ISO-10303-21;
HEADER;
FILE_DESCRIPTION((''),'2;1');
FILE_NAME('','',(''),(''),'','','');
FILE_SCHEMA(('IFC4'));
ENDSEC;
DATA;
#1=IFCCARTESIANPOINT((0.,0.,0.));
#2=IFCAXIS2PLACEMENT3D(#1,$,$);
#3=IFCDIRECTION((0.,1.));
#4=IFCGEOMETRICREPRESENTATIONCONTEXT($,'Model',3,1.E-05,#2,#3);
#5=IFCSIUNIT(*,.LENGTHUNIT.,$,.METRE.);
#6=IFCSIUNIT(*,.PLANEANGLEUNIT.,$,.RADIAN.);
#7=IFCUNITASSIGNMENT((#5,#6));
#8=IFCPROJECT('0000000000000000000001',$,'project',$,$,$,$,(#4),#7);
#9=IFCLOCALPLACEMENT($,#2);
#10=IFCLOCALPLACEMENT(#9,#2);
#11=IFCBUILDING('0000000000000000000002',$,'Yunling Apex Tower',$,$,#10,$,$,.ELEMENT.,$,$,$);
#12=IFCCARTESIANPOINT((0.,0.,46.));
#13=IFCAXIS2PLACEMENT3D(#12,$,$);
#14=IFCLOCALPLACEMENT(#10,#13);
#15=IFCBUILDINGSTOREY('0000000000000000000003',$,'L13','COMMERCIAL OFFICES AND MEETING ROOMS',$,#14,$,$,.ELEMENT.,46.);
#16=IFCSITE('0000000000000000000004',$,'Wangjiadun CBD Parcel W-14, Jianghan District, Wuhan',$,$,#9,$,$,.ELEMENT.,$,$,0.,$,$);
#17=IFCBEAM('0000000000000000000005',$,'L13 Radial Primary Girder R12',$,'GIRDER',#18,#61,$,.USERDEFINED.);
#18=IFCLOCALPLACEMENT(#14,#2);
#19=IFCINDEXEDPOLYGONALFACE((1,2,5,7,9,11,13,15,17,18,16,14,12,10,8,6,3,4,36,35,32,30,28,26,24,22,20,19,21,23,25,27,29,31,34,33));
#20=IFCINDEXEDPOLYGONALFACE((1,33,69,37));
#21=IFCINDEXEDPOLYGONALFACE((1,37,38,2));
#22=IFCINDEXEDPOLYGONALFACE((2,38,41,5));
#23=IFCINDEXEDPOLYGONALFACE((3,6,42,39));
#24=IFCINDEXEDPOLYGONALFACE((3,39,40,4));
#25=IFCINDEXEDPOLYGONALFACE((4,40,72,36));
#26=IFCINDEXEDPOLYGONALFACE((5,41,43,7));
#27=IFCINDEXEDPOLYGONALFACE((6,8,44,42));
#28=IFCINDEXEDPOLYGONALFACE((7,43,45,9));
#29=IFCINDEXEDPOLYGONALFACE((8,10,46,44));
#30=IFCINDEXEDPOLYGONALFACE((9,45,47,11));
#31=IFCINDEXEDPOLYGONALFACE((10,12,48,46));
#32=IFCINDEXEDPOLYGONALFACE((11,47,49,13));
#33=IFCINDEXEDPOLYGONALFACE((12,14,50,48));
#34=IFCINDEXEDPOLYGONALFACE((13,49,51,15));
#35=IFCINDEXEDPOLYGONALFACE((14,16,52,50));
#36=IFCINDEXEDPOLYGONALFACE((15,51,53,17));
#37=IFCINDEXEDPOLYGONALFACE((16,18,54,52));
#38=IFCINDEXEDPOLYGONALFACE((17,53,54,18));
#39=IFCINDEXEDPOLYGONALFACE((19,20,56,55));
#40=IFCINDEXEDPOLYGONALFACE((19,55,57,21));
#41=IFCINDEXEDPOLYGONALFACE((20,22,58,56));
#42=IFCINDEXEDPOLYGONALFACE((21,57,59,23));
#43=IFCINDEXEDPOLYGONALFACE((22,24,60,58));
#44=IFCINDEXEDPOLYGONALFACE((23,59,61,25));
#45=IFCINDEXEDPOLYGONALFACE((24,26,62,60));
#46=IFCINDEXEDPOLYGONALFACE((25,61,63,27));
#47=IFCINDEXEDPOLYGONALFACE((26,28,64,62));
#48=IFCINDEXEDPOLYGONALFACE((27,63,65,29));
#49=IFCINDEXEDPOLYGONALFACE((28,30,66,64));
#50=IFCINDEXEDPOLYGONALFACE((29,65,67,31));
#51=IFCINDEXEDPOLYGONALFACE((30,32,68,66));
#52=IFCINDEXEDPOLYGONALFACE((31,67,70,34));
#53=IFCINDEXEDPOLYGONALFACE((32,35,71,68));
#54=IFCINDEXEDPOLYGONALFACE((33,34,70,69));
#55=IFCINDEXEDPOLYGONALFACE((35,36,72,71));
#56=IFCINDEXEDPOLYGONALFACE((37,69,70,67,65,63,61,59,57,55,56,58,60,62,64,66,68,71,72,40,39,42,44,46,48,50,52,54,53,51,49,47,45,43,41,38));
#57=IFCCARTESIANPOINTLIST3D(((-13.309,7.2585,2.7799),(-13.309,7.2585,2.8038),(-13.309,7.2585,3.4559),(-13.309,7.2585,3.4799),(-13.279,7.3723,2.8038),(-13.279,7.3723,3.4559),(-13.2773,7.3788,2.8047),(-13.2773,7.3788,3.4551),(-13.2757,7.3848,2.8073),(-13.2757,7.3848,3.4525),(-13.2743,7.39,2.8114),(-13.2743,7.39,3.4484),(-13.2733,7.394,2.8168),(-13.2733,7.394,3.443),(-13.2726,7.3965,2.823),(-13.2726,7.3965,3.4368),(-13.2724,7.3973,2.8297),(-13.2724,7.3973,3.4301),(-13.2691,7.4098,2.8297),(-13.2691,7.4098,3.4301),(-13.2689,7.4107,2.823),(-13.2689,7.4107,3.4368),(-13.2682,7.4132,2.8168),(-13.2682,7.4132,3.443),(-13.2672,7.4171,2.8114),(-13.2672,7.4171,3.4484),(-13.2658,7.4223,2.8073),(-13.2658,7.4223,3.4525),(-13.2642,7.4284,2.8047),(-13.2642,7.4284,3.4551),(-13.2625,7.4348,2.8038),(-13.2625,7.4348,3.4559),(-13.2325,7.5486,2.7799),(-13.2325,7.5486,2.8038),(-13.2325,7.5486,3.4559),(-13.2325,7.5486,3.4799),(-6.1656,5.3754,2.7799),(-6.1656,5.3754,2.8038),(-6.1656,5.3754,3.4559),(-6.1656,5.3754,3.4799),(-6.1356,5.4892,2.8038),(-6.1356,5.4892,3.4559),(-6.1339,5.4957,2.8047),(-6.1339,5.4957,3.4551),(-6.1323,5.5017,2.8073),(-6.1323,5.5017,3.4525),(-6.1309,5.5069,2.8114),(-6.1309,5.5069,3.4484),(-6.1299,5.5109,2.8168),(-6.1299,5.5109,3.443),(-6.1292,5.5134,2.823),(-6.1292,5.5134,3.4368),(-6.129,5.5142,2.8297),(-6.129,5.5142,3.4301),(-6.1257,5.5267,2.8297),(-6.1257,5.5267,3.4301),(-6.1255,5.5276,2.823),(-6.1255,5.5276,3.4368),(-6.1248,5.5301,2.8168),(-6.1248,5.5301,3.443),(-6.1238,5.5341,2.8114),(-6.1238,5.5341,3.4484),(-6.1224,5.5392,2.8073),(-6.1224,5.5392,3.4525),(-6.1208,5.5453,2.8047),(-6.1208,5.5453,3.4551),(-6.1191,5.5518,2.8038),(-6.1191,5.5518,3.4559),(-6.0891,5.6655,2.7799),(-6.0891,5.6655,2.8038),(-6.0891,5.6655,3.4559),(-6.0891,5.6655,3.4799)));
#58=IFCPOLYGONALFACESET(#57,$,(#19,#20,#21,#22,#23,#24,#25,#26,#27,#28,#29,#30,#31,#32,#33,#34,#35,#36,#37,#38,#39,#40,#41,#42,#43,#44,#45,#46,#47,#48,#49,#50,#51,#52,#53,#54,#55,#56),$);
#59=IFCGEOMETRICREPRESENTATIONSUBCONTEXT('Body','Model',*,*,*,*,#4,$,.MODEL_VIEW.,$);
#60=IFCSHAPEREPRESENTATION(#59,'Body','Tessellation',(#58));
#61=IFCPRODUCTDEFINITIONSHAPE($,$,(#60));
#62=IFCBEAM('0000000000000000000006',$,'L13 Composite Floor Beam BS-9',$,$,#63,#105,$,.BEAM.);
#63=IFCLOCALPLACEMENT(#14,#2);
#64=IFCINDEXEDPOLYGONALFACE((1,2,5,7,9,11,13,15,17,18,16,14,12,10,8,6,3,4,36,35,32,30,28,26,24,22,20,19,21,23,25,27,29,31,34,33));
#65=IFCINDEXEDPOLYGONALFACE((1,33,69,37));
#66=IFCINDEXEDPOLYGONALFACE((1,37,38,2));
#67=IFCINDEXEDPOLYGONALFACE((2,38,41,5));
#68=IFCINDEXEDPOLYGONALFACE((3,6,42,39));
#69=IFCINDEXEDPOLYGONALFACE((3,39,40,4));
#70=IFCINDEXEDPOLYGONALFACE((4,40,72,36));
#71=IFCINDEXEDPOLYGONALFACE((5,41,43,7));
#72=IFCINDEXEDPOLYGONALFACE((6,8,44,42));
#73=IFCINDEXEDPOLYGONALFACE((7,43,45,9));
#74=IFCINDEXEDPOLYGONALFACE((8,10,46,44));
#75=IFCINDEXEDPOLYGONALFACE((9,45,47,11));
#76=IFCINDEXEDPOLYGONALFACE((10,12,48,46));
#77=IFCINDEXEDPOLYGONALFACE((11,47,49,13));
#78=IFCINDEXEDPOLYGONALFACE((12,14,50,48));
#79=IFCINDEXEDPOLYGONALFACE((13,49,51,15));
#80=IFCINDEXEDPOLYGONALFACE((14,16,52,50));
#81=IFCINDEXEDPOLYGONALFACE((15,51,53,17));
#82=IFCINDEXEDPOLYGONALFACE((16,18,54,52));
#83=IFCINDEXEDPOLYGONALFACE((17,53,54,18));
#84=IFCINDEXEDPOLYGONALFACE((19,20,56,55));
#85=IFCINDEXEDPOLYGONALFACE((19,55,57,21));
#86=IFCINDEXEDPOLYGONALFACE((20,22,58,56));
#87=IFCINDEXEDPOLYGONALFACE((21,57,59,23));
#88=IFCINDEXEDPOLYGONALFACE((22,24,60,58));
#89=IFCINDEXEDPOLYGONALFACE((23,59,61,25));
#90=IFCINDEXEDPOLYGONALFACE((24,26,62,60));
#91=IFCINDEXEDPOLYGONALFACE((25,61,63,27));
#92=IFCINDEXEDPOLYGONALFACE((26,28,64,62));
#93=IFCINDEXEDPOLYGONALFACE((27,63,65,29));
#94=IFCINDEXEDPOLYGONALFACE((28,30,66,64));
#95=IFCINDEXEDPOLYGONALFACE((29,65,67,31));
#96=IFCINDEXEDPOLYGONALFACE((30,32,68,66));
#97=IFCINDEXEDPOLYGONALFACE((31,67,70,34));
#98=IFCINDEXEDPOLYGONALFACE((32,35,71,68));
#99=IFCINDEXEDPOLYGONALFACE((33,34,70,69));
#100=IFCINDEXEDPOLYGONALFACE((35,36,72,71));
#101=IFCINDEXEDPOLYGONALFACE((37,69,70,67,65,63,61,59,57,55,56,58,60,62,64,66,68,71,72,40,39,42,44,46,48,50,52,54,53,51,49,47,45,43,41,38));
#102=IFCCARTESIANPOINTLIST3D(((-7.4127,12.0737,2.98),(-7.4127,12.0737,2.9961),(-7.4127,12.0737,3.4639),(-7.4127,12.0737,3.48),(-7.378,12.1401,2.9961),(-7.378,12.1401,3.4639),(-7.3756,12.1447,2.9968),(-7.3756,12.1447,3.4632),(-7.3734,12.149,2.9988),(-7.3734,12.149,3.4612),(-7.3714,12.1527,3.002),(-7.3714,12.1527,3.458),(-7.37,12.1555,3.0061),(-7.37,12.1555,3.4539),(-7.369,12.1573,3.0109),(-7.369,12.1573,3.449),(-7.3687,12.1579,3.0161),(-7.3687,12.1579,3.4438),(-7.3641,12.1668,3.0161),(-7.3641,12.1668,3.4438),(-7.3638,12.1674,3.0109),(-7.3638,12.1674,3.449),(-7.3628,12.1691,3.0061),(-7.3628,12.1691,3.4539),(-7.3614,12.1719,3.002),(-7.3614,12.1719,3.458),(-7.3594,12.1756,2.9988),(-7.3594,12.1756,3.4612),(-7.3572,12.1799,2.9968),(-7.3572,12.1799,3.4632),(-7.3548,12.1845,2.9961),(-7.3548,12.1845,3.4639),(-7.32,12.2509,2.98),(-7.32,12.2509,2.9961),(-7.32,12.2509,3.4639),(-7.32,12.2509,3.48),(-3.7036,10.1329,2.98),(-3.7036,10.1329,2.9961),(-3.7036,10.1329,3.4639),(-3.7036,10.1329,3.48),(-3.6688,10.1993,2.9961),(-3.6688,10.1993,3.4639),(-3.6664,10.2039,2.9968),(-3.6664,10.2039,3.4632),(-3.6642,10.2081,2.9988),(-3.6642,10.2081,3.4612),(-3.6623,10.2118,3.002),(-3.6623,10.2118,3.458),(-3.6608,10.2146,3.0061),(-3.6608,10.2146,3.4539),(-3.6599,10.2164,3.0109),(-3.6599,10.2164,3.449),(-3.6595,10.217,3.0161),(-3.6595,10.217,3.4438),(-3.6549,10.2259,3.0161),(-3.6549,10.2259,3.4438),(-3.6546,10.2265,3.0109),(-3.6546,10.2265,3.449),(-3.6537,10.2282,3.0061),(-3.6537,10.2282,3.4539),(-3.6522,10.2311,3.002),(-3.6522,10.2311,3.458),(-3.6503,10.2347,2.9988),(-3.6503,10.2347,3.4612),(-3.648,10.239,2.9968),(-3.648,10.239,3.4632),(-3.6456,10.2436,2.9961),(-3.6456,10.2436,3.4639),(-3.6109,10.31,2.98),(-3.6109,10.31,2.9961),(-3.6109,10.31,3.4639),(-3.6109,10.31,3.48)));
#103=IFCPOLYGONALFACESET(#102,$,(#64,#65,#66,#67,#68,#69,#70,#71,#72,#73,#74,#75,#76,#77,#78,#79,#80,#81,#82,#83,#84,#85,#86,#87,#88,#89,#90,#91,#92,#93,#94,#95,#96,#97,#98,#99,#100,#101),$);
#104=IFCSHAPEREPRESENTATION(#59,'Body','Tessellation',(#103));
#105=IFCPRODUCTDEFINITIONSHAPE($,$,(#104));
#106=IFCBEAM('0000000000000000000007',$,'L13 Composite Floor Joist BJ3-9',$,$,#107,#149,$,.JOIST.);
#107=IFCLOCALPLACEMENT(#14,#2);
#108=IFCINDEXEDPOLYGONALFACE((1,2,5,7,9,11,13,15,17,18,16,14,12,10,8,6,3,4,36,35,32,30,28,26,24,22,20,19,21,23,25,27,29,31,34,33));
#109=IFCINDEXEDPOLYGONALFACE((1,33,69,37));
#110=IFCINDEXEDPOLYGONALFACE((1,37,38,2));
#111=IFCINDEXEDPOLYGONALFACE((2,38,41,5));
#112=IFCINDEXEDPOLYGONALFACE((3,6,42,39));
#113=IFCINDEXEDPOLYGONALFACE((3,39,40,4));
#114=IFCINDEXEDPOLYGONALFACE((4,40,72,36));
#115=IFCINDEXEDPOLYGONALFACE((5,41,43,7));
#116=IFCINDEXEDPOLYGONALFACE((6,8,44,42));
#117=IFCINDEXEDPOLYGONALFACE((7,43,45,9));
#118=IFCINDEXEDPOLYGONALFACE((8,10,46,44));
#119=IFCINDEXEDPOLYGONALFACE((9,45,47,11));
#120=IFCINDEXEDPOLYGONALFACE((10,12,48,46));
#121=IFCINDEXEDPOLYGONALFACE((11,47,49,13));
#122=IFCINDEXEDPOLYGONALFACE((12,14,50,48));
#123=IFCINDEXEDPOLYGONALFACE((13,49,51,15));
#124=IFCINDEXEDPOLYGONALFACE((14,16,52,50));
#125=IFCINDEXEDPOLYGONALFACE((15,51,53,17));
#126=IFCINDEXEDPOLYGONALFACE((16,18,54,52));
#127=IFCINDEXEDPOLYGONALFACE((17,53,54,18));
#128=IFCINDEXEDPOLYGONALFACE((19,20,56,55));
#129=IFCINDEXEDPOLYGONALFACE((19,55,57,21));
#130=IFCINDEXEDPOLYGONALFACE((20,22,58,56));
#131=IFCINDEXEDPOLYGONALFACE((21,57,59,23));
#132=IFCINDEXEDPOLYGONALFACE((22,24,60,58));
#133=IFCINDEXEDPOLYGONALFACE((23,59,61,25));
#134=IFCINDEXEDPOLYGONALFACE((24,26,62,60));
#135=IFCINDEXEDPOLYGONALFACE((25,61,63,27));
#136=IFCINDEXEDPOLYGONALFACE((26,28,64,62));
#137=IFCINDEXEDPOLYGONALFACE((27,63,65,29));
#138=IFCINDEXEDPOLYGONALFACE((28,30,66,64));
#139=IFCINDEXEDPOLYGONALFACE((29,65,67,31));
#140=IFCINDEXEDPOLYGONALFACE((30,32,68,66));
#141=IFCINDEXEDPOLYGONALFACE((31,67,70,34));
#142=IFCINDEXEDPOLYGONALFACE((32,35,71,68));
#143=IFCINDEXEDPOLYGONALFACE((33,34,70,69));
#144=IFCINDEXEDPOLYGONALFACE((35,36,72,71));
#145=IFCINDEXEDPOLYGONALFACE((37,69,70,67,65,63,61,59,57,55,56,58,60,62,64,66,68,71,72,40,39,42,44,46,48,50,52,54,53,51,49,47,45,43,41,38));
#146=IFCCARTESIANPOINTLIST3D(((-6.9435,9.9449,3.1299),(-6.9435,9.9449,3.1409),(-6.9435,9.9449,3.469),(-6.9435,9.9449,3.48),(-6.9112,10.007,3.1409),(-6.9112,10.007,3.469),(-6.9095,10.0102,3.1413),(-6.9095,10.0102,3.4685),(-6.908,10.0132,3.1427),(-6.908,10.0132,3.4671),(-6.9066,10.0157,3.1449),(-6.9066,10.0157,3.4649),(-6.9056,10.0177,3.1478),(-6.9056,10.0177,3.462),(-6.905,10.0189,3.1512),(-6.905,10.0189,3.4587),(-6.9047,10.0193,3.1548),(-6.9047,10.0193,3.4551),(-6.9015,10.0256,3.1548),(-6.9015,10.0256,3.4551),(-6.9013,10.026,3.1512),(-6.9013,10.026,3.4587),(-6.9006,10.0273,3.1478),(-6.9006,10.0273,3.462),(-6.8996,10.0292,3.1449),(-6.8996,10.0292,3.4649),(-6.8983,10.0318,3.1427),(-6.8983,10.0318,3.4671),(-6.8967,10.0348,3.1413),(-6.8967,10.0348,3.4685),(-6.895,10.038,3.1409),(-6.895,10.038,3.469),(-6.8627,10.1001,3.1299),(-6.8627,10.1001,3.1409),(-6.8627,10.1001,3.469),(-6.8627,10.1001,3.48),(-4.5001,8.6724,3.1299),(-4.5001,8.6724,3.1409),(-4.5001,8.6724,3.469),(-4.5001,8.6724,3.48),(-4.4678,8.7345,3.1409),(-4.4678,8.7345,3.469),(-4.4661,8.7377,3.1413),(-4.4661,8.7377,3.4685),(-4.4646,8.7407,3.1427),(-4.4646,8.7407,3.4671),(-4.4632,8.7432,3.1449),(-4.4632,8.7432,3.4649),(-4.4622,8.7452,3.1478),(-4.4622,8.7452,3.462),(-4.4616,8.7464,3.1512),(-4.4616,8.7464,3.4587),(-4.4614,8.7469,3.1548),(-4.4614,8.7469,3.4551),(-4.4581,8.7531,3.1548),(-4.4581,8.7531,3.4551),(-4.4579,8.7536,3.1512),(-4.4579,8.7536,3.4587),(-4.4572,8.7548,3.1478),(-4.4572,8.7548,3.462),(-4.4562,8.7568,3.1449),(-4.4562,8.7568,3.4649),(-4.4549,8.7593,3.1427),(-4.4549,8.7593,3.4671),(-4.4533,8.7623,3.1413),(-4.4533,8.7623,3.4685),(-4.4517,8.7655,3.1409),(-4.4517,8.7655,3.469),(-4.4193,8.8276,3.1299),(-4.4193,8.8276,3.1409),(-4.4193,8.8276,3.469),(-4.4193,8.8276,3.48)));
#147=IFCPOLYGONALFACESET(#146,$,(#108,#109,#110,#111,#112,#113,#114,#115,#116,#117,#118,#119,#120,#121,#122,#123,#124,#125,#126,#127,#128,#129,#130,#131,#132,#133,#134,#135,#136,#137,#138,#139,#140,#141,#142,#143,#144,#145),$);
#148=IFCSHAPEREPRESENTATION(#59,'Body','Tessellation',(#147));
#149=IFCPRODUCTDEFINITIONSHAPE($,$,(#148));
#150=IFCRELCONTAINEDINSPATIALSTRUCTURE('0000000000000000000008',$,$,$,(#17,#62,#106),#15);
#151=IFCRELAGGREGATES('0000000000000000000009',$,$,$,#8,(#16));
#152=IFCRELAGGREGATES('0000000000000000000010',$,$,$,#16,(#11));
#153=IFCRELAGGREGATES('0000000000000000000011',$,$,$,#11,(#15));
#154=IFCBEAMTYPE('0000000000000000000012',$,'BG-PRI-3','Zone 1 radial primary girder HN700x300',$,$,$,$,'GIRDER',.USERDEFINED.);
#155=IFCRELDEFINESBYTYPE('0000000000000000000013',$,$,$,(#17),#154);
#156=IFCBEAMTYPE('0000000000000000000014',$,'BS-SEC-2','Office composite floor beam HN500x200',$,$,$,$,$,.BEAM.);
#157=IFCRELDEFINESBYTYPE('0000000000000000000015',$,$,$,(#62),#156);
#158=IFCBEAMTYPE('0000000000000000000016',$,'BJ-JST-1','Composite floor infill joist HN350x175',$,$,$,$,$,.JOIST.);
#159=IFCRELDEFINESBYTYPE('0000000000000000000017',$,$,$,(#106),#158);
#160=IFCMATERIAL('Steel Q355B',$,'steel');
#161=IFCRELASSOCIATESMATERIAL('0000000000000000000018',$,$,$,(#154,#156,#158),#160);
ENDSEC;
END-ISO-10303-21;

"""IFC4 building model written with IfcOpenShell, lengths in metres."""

from ifc_helpers import new_model, si_unit, direction, frame, origin, origin_2d, place, context, subcontext, project, spatial, i_section, extrude, source, transform, mapped, material, material_profile, profile_set, type_object, element, save


model = new_model("IFC4")

# Units and contexts
model_context = context("Model", 3, precision=1e-05, world=origin(), true_north=direction((0.0, 1.0)))
body_context = subcontext(model_context, "Body", "Model", "MODEL_VIEW")
ifc_project = project(units=[si_unit("LENGTHUNIT", "METRE"), si_unit("PLANEANGLEUNIT", "RADIAN")], contexts=[model_context])

# Site, building, storey
site_placement = place(None, origin())
site = spatial("IfcSite", under=ifc_project, at=site_placement, Name="Wangjiadun CBD Parcel W-14, Jianghan District, Wuhan", CompositionType="ELEMENT", RefElevation=0.0)
building_placement = place(site_placement, origin())
building = spatial("IfcBuilding", under=site, at=building_placement, Name="Yunling Apex Tower", CompositionType="ELEMENT")
storey_placement = place(building_placement, frame((0.0, 0.0, 46.0)))
storey = spatial("IfcBuildingStorey", under=building, at=storey_placement, Name="L13", Description="COMMERCIAL OFFICES AND MEETING ROOMS", CompositionType="ELEMENT", Elevation=46.0)

# Beams
ifc_material_1 = material(Name="Steel Q355B", Category="steel")
ifc_material_profile_1 = material_profile(ifc_material_1, i_section(OverallWidth=0.3, OverallDepth=0.7, WebThickness=0.0129, FlangeThickness=0.0239, FilletRadius=0.0259, at=origin_2d()))
ifc_profile_set_1 = profile_set([ifc_material_profile_1], Name="Steel Q355B")
beam_type_1 = type_object("IfcBeamType", Name="BG-PRI-3", Description="Zone 1 radial primary girder HN700x300", ElementType="GIRDER", PredefinedType="USERDEFINED", material=ifc_profile_set_1)
shared_shape_1 = source(origin(), body_context, "Body", "SweptSolid", [
    extrude(i_section(OverallWidth=0.3, OverallDepth=0.7, WebThickness=0.0129, FlangeThickness=0.0239, FilletRadius=0.0259, at=origin_2d()), origin(), (0.0, 0.0, 1.0), 7.3875),
])
beam_1_placement = place(storey_placement, frame((-13.2708, 7.4036, 3.1299), z_axis=(0.966967, -0.254903, 0.0), x_axis=(0.254903, 0.966967, 0.0)))
element("IfcBeam", 1, at=beam_1_placement, inside=storey, type_object=beam_type_1, Name="L13 Radial Primary Girder R12", ObjectType="GIRDER", PredefinedType="USERDEFINED", context=body_context, shape_type="MappedRepresentation", body=[
    mapped(shared_shape_1, transform((0.0, 0.0, 0.0), scale=1.0)),
])
ifc_material_profile_2 = material_profile(ifc_material_1, i_section(OverallWidth=0.2, OverallDepth=0.5, WebThickness=0.01, FlangeThickness=0.0161, FilletRadius=0.02, at=origin_2d()))
ifc_profile_set_2 = profile_set([ifc_material_profile_2], Name="Steel Q355B")
beam_type_2 = type_object("IfcBeamType", Name="BS-SEC-2", Description="Office composite floor beam HN500x200", PredefinedType="BEAM", material=ifc_profile_set_2)
shared_shape_2 = source(origin(), body_context, "Body", "SweptSolid", [
    extrude(i_section(OverallWidth=0.2, OverallDepth=0.5, WebThickness=0.01, FlangeThickness=0.0161, FilletRadius=0.02, at=origin_2d()), origin(), (0.0, 0.0, 1.0), 4.1863),
])
beam_2_placement = place(storey_placement, frame((-3.6572, 10.2214, 3.23), z_axis=(-0.886029, 0.46363, 0.0), x_axis=(-0.46363, -0.886029, 0.0)))
element("IfcBeam", 2, at=beam_2_placement, inside=storey, type_object=beam_type_2, Name="L13 Composite Floor Beam BS-9", PredefinedType="BEAM", context=body_context, shape_type="MappedRepresentation", body=[
    mapped(shared_shape_2, transform((0.0, 0.0, 0.0), scale=1.0)),
])
ifc_material_profile_3 = material_profile(ifc_material_1, i_section(OverallWidth=0.175, OverallDepth=0.3501, WebThickness=0.0071, FlangeThickness=0.011, FilletRadius=0.0139, at=origin_2d()))
ifc_profile_set_3 = profile_set([ifc_material_profile_3], Name="Steel Q355B")
beam_type_3 = type_object("IfcBeamType", Name="BJ-JST-1", Description="Composite floor infill joist HN350x175", PredefinedType="JOIST", material=ifc_profile_set_3)
shared_shape_3 = source(origin(), body_context, "Body", "SweptSolid", [
    extrude(i_section(OverallWidth=0.175, OverallDepth=0.3501, WebThickness=0.0071, FlangeThickness=0.011, FilletRadius=0.0139, at=origin_2d()), origin(), (0.0, 0.0, 1.0), 2.7549),
])
beam_3_placement = place(storey_placement, frame((-4.4597, 8.75, 3.3049), z_axis=(-0.886932, 0.4619, 0.0), x_axis=(-0.4619, -0.886932, 0.0)))
element("IfcBeam", 3, at=beam_3_placement, inside=storey, type_object=beam_type_3, Name="L13 Composite Floor Joist BJ3-9", PredefinedType="JOIST", context=body_context, shape_type="MappedRepresentation", body=[
    mapped(shared_shape_3, transform((0.0, 0.0, 0.0), scale=1.0)),
])

save(model, "model.ifc")
